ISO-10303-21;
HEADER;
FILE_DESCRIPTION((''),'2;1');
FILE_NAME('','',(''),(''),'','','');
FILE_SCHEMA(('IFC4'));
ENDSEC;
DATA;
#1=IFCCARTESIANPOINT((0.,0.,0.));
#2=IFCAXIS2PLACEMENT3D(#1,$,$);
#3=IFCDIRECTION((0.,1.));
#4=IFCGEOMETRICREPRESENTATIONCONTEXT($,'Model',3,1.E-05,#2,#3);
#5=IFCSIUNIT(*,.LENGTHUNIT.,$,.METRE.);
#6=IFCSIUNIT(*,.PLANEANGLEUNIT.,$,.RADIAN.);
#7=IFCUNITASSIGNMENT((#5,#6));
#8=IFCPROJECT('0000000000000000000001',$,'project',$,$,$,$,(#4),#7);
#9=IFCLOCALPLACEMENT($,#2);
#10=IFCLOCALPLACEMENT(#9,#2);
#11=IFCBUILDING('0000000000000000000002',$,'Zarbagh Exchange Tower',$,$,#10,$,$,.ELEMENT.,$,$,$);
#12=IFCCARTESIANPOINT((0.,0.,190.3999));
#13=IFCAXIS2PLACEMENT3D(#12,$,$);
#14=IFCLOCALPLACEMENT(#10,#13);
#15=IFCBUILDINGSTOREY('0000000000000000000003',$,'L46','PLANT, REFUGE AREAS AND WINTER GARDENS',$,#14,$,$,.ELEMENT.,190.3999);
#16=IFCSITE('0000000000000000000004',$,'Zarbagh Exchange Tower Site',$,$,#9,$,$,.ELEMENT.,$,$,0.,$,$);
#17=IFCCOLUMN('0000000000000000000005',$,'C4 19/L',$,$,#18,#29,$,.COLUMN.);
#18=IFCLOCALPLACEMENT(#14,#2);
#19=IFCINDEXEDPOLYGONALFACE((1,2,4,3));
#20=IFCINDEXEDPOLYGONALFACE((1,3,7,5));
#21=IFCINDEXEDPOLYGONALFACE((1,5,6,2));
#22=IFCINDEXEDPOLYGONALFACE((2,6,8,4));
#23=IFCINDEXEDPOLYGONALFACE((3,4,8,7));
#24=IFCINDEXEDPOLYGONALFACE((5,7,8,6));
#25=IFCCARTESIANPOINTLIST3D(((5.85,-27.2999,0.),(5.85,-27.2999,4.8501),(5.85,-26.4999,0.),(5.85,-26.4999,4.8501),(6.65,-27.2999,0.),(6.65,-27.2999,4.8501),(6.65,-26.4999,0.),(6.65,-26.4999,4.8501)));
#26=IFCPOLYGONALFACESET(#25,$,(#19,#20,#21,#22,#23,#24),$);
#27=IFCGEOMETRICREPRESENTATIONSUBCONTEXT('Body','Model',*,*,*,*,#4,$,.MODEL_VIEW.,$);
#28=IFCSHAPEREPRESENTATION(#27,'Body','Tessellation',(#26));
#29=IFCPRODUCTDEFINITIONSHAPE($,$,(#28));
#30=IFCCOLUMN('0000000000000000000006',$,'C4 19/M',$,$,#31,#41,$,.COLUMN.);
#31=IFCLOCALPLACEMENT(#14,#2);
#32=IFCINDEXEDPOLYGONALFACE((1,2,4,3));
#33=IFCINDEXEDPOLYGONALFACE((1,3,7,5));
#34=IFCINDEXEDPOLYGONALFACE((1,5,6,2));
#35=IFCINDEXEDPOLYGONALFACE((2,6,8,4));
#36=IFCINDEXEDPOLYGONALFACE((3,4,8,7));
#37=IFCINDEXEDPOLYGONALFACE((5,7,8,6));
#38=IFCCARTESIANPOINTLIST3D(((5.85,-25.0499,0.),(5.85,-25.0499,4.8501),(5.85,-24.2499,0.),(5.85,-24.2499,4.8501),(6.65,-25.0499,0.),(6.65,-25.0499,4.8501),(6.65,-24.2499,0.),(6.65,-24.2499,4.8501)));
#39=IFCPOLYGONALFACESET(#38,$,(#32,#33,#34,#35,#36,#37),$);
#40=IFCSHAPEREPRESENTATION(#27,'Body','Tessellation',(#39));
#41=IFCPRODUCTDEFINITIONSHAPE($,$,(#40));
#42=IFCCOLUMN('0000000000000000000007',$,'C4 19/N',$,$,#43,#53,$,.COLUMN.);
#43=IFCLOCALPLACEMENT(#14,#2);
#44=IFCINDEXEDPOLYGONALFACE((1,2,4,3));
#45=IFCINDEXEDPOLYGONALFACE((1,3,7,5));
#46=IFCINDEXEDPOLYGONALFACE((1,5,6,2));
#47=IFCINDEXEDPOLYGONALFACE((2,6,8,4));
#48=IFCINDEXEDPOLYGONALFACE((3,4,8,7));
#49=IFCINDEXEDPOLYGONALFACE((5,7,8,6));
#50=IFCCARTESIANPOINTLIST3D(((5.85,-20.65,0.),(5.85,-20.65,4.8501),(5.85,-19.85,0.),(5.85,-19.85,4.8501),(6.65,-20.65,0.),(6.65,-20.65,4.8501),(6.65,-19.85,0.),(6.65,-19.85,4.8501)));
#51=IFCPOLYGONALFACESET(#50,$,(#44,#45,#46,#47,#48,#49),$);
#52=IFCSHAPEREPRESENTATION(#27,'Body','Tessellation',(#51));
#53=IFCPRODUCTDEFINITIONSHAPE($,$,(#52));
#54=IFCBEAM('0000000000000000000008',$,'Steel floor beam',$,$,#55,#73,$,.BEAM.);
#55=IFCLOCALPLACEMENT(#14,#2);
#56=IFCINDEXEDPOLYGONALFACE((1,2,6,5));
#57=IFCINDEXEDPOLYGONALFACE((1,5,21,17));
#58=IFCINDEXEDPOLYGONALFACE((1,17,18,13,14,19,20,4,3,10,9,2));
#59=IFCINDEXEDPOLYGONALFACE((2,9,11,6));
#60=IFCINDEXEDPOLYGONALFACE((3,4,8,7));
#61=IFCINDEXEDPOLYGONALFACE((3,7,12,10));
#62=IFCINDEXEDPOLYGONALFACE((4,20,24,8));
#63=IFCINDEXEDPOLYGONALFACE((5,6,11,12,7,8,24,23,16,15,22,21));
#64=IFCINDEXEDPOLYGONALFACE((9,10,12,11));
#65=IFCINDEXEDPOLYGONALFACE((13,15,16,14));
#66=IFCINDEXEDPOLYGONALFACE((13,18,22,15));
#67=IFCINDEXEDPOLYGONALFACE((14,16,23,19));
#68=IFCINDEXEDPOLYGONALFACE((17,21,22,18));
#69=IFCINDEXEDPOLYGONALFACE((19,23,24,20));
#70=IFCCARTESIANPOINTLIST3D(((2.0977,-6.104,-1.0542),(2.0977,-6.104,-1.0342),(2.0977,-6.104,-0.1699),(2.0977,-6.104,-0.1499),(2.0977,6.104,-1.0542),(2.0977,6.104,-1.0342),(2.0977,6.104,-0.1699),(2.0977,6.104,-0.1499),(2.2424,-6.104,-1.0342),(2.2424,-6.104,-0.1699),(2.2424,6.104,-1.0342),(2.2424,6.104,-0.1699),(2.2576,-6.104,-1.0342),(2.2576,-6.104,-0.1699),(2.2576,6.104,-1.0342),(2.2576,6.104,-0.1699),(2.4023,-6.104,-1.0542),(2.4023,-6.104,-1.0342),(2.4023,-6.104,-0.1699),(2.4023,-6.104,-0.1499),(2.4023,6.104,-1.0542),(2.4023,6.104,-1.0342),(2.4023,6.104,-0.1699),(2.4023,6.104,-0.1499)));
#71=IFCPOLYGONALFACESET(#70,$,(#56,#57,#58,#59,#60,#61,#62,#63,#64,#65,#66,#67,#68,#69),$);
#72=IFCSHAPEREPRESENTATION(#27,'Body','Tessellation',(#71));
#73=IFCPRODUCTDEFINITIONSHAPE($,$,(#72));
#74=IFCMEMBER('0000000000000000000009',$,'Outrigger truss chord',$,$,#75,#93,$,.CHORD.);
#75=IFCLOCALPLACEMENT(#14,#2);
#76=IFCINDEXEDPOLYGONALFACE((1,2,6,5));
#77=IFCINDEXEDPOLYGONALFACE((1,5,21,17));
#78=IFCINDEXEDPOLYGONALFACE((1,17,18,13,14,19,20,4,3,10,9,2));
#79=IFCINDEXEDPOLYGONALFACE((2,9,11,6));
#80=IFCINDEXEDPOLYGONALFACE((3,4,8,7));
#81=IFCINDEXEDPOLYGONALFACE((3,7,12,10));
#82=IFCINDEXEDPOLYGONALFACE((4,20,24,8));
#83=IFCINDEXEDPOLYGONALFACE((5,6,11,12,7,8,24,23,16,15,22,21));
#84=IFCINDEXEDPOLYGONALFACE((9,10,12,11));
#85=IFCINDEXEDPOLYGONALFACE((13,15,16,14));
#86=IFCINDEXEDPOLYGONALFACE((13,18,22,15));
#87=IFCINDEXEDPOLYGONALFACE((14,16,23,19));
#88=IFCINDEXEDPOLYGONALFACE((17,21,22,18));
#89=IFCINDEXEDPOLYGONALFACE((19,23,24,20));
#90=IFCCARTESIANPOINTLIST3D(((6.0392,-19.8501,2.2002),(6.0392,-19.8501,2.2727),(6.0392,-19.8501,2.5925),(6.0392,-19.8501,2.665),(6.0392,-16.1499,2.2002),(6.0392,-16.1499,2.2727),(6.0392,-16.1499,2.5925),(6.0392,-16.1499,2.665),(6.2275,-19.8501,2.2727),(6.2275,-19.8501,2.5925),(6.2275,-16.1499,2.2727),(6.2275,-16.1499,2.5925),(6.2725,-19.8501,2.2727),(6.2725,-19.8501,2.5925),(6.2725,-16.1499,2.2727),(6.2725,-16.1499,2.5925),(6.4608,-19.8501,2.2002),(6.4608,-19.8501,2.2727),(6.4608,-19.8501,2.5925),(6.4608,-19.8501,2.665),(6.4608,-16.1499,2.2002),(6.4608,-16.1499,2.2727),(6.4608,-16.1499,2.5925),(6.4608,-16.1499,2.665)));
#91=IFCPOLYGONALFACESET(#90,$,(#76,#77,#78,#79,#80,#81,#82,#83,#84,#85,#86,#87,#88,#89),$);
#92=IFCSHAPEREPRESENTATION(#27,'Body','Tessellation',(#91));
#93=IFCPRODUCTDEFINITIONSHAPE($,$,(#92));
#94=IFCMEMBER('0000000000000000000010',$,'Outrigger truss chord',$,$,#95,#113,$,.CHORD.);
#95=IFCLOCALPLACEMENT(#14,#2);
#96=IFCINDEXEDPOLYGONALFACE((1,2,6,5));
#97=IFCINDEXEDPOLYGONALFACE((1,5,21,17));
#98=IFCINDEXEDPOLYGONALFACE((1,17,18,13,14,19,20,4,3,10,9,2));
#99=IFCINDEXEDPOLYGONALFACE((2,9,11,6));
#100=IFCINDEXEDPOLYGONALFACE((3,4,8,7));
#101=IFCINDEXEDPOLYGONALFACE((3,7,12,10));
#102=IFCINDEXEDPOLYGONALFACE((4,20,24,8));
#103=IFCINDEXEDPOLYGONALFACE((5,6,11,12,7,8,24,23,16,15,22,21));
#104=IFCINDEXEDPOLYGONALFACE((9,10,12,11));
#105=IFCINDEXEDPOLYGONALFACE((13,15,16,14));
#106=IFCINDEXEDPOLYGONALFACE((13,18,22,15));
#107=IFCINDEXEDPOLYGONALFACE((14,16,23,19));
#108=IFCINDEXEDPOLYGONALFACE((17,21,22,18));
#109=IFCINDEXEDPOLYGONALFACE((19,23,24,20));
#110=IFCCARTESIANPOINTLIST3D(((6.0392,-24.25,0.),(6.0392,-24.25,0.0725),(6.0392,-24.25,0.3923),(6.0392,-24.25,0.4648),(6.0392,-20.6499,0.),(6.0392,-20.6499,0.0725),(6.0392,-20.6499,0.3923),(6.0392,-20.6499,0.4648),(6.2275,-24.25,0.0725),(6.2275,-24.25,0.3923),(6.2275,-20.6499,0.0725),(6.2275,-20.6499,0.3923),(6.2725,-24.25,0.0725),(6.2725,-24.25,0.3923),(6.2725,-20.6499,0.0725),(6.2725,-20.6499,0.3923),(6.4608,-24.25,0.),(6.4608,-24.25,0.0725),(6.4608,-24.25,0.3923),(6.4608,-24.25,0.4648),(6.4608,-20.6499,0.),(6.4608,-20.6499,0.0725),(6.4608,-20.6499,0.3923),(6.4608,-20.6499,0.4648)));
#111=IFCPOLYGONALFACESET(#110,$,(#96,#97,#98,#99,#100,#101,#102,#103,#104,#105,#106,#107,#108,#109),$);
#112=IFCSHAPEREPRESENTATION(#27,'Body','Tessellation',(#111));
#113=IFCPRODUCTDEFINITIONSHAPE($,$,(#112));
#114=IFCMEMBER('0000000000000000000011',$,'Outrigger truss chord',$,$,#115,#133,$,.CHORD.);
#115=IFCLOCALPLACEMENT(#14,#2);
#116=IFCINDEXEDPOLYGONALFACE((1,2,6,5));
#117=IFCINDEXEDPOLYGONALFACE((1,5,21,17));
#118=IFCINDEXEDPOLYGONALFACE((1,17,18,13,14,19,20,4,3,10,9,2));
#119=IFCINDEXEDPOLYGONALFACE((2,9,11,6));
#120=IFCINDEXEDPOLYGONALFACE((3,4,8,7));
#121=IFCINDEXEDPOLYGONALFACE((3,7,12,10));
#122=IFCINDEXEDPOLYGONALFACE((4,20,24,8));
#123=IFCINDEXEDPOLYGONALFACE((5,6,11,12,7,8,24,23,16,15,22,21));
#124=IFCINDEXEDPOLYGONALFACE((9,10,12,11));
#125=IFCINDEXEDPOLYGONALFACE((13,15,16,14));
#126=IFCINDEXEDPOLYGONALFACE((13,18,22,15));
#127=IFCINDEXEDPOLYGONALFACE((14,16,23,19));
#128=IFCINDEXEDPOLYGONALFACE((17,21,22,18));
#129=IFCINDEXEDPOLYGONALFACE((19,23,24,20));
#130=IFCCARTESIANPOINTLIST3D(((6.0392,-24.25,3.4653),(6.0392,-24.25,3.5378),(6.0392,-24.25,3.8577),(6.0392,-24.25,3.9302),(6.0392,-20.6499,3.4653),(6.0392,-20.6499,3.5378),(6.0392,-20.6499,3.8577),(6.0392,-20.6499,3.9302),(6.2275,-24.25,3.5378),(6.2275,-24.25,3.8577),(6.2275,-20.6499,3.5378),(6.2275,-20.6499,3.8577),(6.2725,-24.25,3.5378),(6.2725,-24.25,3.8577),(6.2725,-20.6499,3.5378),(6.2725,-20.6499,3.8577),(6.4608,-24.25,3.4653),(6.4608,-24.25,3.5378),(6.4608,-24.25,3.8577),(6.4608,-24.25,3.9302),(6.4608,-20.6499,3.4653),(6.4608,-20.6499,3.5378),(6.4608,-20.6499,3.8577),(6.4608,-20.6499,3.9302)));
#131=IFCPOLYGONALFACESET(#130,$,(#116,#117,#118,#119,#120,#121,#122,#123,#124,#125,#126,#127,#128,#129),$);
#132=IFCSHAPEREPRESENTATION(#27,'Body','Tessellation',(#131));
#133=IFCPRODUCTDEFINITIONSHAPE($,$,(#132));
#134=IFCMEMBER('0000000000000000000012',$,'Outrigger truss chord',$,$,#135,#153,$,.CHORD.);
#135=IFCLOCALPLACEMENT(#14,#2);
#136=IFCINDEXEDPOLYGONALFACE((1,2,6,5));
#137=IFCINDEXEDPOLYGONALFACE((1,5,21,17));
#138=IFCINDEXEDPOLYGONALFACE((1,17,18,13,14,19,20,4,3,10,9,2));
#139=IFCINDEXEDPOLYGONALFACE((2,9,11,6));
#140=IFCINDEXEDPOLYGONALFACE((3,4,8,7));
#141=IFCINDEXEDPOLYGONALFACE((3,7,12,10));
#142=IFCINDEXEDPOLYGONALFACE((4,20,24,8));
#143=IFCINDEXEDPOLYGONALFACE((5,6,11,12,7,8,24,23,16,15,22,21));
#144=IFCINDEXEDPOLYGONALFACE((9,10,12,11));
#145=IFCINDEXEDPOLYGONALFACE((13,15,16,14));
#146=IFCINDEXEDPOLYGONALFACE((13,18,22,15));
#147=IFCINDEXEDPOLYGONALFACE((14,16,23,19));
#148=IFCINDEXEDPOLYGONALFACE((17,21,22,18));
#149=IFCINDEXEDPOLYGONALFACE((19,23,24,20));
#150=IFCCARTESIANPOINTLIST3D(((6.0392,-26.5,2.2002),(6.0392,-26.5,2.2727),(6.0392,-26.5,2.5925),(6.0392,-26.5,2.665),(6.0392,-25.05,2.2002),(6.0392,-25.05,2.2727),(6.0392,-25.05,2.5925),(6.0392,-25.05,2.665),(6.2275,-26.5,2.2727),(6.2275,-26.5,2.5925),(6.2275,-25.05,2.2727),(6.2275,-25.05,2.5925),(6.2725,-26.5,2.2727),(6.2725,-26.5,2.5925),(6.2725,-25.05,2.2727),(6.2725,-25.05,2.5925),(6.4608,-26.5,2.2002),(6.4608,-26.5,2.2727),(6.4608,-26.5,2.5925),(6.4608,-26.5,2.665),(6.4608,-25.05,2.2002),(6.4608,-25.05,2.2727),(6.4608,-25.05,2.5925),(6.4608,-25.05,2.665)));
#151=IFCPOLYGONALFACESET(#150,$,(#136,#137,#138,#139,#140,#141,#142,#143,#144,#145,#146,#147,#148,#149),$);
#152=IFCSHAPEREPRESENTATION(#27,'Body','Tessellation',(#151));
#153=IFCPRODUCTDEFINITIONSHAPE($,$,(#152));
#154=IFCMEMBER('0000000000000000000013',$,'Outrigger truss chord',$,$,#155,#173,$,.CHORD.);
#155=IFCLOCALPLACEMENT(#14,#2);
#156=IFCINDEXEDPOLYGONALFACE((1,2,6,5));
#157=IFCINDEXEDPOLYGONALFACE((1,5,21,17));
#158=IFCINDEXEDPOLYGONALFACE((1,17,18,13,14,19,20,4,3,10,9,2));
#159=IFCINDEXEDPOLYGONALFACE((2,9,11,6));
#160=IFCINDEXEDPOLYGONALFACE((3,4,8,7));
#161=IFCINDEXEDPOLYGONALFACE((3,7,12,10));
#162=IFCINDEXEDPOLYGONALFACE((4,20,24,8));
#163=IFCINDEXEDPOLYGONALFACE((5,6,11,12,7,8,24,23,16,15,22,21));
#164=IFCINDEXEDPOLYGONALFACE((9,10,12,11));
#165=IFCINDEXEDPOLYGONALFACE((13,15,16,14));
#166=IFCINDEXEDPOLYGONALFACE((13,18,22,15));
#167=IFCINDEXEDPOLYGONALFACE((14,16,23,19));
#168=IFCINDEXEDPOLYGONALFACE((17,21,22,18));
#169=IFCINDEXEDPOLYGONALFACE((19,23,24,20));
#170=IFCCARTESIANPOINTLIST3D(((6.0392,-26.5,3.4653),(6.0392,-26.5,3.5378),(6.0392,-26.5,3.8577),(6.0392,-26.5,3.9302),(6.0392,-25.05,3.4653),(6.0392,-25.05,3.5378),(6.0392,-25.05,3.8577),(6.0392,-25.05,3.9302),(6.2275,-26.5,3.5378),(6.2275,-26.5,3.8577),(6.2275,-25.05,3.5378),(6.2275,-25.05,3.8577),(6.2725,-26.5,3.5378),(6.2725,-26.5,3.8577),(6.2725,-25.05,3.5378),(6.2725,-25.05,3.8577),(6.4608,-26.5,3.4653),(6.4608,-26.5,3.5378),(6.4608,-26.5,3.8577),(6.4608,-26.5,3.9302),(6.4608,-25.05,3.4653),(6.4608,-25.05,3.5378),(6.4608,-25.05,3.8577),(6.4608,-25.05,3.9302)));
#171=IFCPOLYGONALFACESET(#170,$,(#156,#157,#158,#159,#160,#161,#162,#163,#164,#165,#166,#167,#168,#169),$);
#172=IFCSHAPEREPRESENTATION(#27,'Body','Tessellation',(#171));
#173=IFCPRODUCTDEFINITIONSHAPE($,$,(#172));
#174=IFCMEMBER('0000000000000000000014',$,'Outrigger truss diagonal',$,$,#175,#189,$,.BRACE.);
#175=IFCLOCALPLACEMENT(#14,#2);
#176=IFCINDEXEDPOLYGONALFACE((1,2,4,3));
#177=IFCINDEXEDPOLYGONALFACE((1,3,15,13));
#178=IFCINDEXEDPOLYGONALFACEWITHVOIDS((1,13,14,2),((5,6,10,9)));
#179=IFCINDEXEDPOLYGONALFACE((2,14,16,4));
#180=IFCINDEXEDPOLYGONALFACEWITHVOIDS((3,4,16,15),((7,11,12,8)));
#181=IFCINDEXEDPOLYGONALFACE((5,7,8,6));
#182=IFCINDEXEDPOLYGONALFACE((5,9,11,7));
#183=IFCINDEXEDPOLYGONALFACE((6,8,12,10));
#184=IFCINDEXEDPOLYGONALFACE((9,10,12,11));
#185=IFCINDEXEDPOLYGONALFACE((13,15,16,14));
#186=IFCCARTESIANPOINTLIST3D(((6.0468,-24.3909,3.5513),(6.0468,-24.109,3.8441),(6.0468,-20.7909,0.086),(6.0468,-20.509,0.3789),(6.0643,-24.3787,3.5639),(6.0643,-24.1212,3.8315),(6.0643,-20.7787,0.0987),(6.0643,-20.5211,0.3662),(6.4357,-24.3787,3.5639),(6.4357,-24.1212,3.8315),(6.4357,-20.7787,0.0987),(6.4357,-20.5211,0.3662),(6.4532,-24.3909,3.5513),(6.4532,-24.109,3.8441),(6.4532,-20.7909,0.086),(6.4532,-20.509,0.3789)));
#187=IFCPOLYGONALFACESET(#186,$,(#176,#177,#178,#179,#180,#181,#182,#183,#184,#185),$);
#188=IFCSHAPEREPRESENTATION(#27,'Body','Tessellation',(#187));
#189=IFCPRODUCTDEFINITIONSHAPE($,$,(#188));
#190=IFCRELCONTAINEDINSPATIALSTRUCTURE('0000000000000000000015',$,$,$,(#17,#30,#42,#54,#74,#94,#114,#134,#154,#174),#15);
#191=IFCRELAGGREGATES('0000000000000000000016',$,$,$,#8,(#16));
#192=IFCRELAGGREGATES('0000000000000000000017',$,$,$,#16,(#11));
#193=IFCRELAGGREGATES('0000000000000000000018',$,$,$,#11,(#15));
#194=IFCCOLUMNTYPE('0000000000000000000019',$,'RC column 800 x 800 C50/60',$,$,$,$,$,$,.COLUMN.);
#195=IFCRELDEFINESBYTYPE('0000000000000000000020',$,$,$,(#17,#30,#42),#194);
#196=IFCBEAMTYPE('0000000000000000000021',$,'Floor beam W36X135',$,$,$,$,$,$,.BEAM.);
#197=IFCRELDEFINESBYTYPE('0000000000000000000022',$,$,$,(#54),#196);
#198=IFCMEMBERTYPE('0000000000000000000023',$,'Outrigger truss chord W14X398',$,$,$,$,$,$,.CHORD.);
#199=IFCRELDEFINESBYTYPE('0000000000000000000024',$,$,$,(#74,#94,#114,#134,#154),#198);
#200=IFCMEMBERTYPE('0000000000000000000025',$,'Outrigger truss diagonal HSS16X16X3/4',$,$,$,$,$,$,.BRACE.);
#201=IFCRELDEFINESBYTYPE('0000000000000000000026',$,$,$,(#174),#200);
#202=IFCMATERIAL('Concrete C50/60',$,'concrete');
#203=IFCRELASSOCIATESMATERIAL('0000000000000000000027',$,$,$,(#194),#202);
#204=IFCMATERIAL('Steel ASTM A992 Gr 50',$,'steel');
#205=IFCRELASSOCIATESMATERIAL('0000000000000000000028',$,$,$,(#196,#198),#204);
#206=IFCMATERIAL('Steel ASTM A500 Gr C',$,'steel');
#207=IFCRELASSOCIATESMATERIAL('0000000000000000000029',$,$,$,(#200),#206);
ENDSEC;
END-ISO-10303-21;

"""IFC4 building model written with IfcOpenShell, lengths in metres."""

from ifc_helpers import new_model, si_unit, direction, frame, origin, origin_2d, place, context, subcontext, project, spatial, rectangle, hollow_rectangle, i_section, extrude, material, material_profile, profile_set, type_object, element, save


model = new_model("IFC4")

# Units and contexts
model_context = context("Model", 3, precision=1e-05, world=origin(), true_north=direction((0.0, 1.0)))
body_context = subcontext(model_context, "Body", "Model", "MODEL_VIEW")
ifc_project = project(units=[si_unit("LENGTHUNIT", "METRE"), si_unit("PLANEANGLEUNIT", "RADIAN")], contexts=[model_context])

# Site, building, storey
site_placement = place(None, origin())
site = spatial("IfcSite", under=ifc_project, at=site_placement, Name="Zarbagh Exchange Tower Site", CompositionType="ELEMENT", RefElevation=0.0)
building_placement = place(site_placement, origin())
building = spatial("IfcBuilding", under=site, at=building_placement, Name="Zarbagh Exchange Tower", CompositionType="ELEMENT")
storey_placement = place(building_placement, frame((0.0, 0.0, 190.3999)))
storey = spatial("IfcBuildingStorey", under=building, at=storey_placement, Name="L46", Description="PLANT, REFUGE AREAS AND WINTER GARDENS", CompositionType="ELEMENT", Elevation=190.3999)

# Columns
ifc_material_1 = material(Name="Concrete C50/60", Category="concrete")
ifc_material_profile_1 = material_profile(ifc_material_1, rectangle(XDim=0.8, YDim=0.8, at=origin_2d()), Name="RC column 800 x 800 C50/60")
ifc_profile_set_1 = profile_set([ifc_material_profile_1], Name="Concrete C50/60")
column_type = type_object("IfcColumnType", Name="RC column 800 x 800 C50/60", PredefinedType="COLUMN", material=ifc_profile_set_1)
for number, where, z_axis, x_axis, name in (
    (1, (6.25, -26.8999, 0.0), (0.0, 0.0, 1.0), (1.0, 0.0, 0.0), "C4 19/L"),
    (2, (6.25, -24.6499, 0.0), (0.0, 0.0, 1.0), (1.0, 0.0, 0.0), "C4 19/M"),
    (3, (6.25, -20.25, 0.0), (0.0, 0.0, 1.0), (1.0, 0.0, 0.0), "C4 19/N"),
):
    element("IfcColumn", number, at=place(storey_placement, frame(where, z_axis=z_axis, x_axis=x_axis)), inside=storey, type_object=column_type, Name=name, PredefinedType="COLUMN", context=body_context, shape_type="SweptSolid", body=[
        extrude(rectangle(XDim=0.8, YDim=0.8, at=origin_2d()), origin(), (0.0, 0.0, 1.0), 4.8501),
    ])

# Beam
ifc_material_2 = material(Name="Steel ASTM A992 Gr 50", Category="steel")
ifc_material_profile_2 = material_profile(ifc_material_2, i_section(OverallWidth=0.3047, OverallDepth=0.9043, WebThickness=0.0151, FlangeThickness=0.02, at=origin_2d()), Name="W36X135")
ifc_profile_set_2 = profile_set([ifc_material_profile_2], Name="Steel ASTM A992 Gr 50")
beam_type_1 = type_object("IfcBeamType", Name="Floor beam W36X135", PredefinedType="BEAM", material=ifc_profile_set_2)
beam_1_placement = place(storey_placement, frame((2.25, -6.104, -0.6021), z_axis=(0.0, 1.0, 0.0), x_axis=(-1.0, 0.0, 0.0)))
element("IfcBeam", 4, at=beam_1_placement, inside=storey, type_object=beam_type_1, Name="Steel floor beam", PredefinedType="BEAM", context=body_context, shape_type="SweptSolid", body=[
    extrude(i_section(OverallWidth=0.3047, OverallDepth=0.9043, WebThickness=0.0151, FlangeThickness=0.02, at=origin_2d()), origin(), (0.0, 0.0, 1.0), 12.208),
])

# Members
ifc_material_profile_3 = material_profile(ifc_material_2, i_section(OverallWidth=0.4216, OverallDepth=0.4648, WebThickness=0.0449, FlangeThickness=0.0725, at=origin_2d()), Name="W14X398")
ifc_profile_set_3 = profile_set([ifc_material_profile_3], Name="Steel ASTM A992 Gr 50")
member_type_1 = type_object("IfcMemberType", Name="Outrigger truss chord W14X398", PredefinedType="CHORD", material=ifc_profile_set_3)
member_1_placement = place(storey_placement, frame((6.25, -16.1499, 2.4326), z_axis=(0.0, -1.0, 0.0), x_axis=(1.0, 0.0, 0.0)))
element("IfcMember", 5, at=member_1_placement, inside=storey, type_object=member_type_1, Name="Outrigger truss chord", PredefinedType="CHORD", context=body_context, shape_type="SweptSolid", body=[
    extrude(i_section(OverallWidth=0.4216, OverallDepth=0.4648, WebThickness=0.0449, FlangeThickness=0.0725, at=origin_2d()), origin(), (0.0, 0.0, 1.0), 3.7002),
])
for number, where, z_axis, x_axis, name in (
    (6, (6.25, -20.6499, 0.2324), (0.0, -1.0, 0.0), (1.0, 0.0, 0.0), "Outrigger truss chord"),
    (7, (6.25, -20.6499, 3.6978), (0.0, -1.0, 0.0), (1.0, 0.0, 0.0), "Outrigger truss chord"),
):
    element("IfcMember", number, at=place(storey_placement, frame(where, z_axis=z_axis, x_axis=x_axis)), inside=storey, type_object=member_type_1, Name=name, PredefinedType="CHORD", context=body_context, shape_type="SweptSolid", body=[
        extrude(i_section(OverallWidth=0.4216, OverallDepth=0.4648, WebThickness=0.0449, FlangeThickness=0.0725, at=origin_2d()), origin(), (0.0, 0.0, 1.0), 3.6001),
    ])
for number, where, z_axis, x_axis, name in (
    (8, (6.25, -25.05, 2.4326), (0.0, -1.0, 0.0), (1.0, 0.0, 0.0), "Outrigger truss chord"),
    (9, (6.25, -25.05, 3.6978), (0.0, -1.0, 0.0), (1.0, 0.0, 0.0), "Outrigger truss chord"),
):
    element("IfcMember", number, at=place(storey_placement, frame(where, z_axis=z_axis, x_axis=x_axis)), inside=storey, type_object=member_type_1, Name=name, PredefinedType="CHORD", context=body_context, shape_type="SweptSolid", body=[
        extrude(i_section(OverallWidth=0.4216, OverallDepth=0.4648, WebThickness=0.0449, FlangeThickness=0.0725, at=origin_2d()), origin(), (0.0, 0.0, 1.0), 1.45),
    ])
ifc_material_3 = material(Name="Steel ASTM A500 Gr C", Category="steel")
ifc_material_profile_4 = material_profile(ifc_material_3, hollow_rectangle(XDim=0.4065, YDim=0.4065, WallThickness=0.0176, at=origin_2d()), Name="HSS16X16X3/4")
ifc_profile_set_4 = profile_set([ifc_material_profile_4], Name="Steel ASTM A500 Gr C")
member_type_2 = type_object("IfcMemberType", Name="Outrigger truss diagonal HSS16X16X3/4", PredefinedType="BRACE", material=ifc_profile_set_4)
member_2_placement = place(storey_placement, frame((6.25, -20.6499, 0.2324), z_axis=(0.0, -0.720463, 0.693493), x_axis=(1.0, 0.0, 0.0)))
element("IfcMember", 10, at=member_2_placement, inside=storey, type_object=member_type_2, Name="Outrigger truss diagonal", PredefinedType="BRACE", context=body_context, shape_type="SweptSolid", body=[
    extrude(hollow_rectangle(XDim=0.4065, YDim=0.4065, WallThickness=0.0176, at=origin_2d()), origin(), (0.0, 0.0, 1.0), 4.9968),
])

save(model, "model.ifc")
